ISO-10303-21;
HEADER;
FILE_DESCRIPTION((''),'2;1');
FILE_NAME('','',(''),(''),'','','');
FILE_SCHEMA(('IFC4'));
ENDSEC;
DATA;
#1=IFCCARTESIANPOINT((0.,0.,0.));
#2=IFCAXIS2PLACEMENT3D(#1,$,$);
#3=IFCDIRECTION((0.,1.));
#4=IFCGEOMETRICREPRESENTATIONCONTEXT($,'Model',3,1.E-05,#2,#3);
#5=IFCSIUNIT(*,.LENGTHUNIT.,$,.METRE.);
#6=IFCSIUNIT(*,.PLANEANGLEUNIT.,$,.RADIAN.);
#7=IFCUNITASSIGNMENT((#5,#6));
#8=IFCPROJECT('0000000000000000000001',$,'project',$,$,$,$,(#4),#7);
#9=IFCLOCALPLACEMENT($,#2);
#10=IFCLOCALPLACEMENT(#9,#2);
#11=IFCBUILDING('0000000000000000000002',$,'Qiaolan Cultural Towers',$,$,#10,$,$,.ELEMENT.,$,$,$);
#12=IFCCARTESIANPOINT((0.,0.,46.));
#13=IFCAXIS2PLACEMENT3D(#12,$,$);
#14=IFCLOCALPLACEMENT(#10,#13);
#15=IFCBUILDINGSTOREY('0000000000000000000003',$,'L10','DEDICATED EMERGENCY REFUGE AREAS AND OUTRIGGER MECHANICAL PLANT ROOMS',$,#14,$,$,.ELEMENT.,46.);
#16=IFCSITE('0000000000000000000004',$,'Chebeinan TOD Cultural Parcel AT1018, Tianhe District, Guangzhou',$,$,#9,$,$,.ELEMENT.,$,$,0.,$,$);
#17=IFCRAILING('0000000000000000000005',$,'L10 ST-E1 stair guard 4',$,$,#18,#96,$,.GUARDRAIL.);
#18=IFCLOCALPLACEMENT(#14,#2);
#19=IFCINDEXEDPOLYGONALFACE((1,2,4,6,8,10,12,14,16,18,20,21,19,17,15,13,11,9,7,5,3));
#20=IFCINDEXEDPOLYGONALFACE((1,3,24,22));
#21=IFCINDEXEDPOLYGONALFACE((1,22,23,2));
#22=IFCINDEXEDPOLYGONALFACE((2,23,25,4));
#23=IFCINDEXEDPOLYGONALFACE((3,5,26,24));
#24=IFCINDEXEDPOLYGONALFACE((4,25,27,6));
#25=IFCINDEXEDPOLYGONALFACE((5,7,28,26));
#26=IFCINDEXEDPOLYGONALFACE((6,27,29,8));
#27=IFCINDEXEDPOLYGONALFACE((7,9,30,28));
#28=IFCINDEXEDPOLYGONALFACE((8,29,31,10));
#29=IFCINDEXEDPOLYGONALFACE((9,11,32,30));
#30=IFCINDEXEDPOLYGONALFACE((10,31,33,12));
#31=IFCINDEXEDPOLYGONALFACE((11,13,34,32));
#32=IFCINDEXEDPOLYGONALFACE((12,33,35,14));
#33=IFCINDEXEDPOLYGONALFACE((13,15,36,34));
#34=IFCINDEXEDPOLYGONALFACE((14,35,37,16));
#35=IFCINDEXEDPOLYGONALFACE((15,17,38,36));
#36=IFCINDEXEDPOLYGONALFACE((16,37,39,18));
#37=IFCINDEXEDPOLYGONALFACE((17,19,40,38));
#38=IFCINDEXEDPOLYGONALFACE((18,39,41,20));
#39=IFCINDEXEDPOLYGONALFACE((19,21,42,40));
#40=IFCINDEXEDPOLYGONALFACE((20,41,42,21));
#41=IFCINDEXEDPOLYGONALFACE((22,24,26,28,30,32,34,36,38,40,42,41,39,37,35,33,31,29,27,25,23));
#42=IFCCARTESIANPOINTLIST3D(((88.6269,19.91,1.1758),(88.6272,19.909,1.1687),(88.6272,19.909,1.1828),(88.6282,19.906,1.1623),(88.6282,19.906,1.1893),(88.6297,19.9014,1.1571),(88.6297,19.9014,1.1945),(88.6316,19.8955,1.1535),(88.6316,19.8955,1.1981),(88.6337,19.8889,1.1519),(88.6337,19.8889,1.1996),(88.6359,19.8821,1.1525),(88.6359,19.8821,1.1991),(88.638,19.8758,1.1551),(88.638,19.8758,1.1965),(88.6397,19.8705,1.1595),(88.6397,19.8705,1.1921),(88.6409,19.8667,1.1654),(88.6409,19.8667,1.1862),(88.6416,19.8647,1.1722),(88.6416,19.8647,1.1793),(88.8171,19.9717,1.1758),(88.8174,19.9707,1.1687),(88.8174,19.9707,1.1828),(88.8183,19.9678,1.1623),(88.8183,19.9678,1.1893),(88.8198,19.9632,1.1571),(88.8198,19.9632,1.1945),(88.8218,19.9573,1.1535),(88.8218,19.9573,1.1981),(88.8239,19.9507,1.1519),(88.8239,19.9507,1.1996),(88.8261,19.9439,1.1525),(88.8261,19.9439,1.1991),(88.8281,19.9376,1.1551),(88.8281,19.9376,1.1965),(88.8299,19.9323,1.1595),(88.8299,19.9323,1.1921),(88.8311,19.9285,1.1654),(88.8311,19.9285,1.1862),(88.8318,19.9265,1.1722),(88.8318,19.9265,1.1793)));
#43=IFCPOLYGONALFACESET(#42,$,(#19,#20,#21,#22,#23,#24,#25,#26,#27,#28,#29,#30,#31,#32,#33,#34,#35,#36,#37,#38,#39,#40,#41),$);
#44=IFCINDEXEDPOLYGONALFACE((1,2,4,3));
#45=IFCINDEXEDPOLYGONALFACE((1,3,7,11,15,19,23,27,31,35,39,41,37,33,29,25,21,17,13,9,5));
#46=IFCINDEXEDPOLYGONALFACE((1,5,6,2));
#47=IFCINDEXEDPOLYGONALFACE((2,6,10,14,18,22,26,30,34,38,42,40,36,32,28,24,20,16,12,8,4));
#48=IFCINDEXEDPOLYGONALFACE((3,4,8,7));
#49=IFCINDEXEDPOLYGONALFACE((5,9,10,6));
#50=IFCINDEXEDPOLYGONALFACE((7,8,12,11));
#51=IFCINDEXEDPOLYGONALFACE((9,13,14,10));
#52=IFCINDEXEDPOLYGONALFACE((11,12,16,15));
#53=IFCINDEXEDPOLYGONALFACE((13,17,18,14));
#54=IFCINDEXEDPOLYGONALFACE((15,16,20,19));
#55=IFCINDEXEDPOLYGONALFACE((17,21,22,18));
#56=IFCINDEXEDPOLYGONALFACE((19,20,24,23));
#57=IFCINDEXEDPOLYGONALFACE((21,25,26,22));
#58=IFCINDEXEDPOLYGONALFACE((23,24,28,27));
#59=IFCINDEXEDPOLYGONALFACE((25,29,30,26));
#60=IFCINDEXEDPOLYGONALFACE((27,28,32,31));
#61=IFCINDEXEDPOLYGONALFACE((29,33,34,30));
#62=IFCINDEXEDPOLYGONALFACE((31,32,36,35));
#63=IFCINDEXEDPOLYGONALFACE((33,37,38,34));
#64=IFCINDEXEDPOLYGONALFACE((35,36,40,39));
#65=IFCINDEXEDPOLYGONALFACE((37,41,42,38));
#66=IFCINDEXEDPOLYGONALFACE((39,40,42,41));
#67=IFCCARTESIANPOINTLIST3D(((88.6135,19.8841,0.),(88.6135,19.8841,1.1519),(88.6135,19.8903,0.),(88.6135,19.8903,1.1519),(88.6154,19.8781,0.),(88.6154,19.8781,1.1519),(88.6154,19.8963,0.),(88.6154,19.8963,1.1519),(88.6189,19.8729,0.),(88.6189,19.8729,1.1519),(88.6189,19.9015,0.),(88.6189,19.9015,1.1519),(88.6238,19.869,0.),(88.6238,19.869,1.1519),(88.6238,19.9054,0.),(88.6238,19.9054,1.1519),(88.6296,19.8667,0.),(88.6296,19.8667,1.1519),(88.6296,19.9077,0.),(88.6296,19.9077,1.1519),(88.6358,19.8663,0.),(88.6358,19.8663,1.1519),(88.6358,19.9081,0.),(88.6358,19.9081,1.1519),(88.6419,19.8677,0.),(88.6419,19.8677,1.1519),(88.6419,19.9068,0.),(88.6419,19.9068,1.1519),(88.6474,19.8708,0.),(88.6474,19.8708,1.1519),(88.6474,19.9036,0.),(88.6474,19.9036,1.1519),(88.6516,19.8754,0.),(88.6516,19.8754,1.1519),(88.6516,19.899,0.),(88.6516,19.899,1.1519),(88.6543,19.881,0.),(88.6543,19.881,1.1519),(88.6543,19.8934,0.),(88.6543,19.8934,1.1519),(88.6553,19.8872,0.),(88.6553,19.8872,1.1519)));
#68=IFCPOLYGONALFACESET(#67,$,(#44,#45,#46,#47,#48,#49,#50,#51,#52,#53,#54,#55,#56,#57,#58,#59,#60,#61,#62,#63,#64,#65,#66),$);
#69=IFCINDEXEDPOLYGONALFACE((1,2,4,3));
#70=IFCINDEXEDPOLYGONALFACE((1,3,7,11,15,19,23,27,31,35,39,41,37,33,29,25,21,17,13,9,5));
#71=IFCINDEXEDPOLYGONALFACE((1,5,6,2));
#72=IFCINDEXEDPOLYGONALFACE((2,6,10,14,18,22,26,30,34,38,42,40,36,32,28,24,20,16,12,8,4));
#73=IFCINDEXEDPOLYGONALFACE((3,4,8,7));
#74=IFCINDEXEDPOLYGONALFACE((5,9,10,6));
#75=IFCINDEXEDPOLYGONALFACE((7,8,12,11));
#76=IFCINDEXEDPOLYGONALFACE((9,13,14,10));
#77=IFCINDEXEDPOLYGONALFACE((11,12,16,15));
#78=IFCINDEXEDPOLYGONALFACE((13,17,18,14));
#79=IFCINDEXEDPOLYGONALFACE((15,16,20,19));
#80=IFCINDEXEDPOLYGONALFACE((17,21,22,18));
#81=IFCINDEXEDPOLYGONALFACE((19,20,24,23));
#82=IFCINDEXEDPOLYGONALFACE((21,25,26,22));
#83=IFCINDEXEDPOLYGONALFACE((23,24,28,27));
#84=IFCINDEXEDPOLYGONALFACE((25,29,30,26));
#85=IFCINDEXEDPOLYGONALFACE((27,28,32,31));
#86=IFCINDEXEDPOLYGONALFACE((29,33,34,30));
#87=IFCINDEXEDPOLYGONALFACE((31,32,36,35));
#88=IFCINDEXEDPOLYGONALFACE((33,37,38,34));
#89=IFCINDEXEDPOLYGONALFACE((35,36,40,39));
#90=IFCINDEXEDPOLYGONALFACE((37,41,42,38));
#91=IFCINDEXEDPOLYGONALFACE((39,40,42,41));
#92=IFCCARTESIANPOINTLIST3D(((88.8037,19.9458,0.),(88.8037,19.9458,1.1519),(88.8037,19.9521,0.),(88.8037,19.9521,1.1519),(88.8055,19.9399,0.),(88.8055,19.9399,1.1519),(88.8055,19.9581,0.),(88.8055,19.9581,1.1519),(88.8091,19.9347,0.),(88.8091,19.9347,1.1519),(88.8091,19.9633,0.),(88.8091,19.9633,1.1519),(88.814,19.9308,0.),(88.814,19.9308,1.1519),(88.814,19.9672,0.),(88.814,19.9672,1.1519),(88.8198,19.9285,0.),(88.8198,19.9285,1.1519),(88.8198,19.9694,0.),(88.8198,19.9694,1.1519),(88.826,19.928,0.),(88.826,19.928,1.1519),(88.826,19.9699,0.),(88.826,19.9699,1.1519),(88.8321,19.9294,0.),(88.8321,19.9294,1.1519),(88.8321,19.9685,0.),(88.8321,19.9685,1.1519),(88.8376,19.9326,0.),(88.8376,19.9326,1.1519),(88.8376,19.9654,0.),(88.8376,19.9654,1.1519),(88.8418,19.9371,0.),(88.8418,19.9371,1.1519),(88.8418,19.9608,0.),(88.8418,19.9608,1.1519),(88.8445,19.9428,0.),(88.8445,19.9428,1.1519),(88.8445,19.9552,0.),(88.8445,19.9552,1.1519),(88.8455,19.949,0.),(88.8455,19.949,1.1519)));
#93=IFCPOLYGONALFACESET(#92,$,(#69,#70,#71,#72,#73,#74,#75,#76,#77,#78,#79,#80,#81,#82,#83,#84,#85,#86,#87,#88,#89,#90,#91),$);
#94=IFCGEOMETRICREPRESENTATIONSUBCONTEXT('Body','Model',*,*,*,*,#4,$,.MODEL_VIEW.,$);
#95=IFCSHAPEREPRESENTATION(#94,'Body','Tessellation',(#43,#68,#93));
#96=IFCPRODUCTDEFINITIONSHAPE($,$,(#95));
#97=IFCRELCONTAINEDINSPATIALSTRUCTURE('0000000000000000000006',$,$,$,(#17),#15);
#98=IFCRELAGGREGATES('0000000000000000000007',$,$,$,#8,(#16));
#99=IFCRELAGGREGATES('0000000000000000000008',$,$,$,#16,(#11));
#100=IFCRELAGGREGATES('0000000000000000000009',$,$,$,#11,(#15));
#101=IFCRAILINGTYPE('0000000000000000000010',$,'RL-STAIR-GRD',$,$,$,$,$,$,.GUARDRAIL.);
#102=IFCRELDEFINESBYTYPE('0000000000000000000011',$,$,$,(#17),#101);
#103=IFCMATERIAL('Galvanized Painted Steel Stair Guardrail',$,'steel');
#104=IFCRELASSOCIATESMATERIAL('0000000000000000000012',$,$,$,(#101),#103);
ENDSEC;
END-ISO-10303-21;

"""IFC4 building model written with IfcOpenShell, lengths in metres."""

from ifc_helpers import new_model, si_unit, direction, frame, origin, origin_2d, place, context, subcontext, project, spatial, circle, extrude, material, type_object, element, save


model = new_model("IFC4")

# Units and contexts
model_context = context("Model", 3, precision=1e-05, world=origin(), true_north=direction((0.0, 1.0)))
body_context = subcontext(model_context, "Body", "Model", "MODEL_VIEW")
ifc_project = project(units=[si_unit("LENGTHUNIT", "METRE"), si_unit("PLANEANGLEUNIT", "RADIAN")], contexts=[model_context])

# Site, building, storey
site_placement = place(None, origin())
site = spatial("IfcSite", under=ifc_project, at=site_placement, Name="Chebeinan TOD Cultural Parcel AT1018, Tianhe District, Guangzhou", CompositionType="ELEMENT", RefElevation=0.0)
building_placement = place(site_placement, origin())
building = spatial("IfcBuilding", under=site, at=building_placement, Name="Qiaolan Cultural Towers", CompositionType="ELEMENT")
storey_placement = place(building_placement, frame((0.0, 0.0, 46.0)))
storey = spatial("IfcBuildingStorey", under=building, at=storey_placement, Name="L10", Description="DEDICATED EMERGENCY REFUGE AREAS AND OUTRIGGER MECHANICAL PLANT ROOMS", CompositionType="ELEMENT", Elevation=46.0)

# Railing
ifc_material_1 = material(Name="Galvanized Painted Steel Stair Guardrail", Category="steel")
railing_type_1 = type_object("IfcRailingType", Name="RL-STAIR-GRD", PredefinedType="GUARDRAIL", material=ifc_material_1)
railing_1_placement = place(storey_placement, frame((88.6343, 19.8872, 0.0)))
element("IfcRailing", 1, at=railing_1_placement, inside=storey, type_object=railing_type_1, Name="L10 ST-E1 stair guard 4", PredefinedType="GUARDRAIL", context=body_context, shape_type="SweptSolid", body=[
    extrude(circle(Radius=0.0239, at=origin_2d()), frame((0.0, 0.0, 1.1758), z_axis=(0.951097, 0.308893, 0.0), x_axis=(-0.308893, 0.951097, 0.0)), (0.0, 0.0, 1.0), 0.2),
    extrude(circle(Radius=0.021, at=origin_2d()), origin(), (0.0, 0.0, 1.0), 1.1519),
    extrude(circle(Radius=0.021, at=origin_2d()), frame((0.1902, 0.0618, 0.0)), (0.0, 0.0, 1.0), 1.1519),
])

save(model, "model.ifc")
